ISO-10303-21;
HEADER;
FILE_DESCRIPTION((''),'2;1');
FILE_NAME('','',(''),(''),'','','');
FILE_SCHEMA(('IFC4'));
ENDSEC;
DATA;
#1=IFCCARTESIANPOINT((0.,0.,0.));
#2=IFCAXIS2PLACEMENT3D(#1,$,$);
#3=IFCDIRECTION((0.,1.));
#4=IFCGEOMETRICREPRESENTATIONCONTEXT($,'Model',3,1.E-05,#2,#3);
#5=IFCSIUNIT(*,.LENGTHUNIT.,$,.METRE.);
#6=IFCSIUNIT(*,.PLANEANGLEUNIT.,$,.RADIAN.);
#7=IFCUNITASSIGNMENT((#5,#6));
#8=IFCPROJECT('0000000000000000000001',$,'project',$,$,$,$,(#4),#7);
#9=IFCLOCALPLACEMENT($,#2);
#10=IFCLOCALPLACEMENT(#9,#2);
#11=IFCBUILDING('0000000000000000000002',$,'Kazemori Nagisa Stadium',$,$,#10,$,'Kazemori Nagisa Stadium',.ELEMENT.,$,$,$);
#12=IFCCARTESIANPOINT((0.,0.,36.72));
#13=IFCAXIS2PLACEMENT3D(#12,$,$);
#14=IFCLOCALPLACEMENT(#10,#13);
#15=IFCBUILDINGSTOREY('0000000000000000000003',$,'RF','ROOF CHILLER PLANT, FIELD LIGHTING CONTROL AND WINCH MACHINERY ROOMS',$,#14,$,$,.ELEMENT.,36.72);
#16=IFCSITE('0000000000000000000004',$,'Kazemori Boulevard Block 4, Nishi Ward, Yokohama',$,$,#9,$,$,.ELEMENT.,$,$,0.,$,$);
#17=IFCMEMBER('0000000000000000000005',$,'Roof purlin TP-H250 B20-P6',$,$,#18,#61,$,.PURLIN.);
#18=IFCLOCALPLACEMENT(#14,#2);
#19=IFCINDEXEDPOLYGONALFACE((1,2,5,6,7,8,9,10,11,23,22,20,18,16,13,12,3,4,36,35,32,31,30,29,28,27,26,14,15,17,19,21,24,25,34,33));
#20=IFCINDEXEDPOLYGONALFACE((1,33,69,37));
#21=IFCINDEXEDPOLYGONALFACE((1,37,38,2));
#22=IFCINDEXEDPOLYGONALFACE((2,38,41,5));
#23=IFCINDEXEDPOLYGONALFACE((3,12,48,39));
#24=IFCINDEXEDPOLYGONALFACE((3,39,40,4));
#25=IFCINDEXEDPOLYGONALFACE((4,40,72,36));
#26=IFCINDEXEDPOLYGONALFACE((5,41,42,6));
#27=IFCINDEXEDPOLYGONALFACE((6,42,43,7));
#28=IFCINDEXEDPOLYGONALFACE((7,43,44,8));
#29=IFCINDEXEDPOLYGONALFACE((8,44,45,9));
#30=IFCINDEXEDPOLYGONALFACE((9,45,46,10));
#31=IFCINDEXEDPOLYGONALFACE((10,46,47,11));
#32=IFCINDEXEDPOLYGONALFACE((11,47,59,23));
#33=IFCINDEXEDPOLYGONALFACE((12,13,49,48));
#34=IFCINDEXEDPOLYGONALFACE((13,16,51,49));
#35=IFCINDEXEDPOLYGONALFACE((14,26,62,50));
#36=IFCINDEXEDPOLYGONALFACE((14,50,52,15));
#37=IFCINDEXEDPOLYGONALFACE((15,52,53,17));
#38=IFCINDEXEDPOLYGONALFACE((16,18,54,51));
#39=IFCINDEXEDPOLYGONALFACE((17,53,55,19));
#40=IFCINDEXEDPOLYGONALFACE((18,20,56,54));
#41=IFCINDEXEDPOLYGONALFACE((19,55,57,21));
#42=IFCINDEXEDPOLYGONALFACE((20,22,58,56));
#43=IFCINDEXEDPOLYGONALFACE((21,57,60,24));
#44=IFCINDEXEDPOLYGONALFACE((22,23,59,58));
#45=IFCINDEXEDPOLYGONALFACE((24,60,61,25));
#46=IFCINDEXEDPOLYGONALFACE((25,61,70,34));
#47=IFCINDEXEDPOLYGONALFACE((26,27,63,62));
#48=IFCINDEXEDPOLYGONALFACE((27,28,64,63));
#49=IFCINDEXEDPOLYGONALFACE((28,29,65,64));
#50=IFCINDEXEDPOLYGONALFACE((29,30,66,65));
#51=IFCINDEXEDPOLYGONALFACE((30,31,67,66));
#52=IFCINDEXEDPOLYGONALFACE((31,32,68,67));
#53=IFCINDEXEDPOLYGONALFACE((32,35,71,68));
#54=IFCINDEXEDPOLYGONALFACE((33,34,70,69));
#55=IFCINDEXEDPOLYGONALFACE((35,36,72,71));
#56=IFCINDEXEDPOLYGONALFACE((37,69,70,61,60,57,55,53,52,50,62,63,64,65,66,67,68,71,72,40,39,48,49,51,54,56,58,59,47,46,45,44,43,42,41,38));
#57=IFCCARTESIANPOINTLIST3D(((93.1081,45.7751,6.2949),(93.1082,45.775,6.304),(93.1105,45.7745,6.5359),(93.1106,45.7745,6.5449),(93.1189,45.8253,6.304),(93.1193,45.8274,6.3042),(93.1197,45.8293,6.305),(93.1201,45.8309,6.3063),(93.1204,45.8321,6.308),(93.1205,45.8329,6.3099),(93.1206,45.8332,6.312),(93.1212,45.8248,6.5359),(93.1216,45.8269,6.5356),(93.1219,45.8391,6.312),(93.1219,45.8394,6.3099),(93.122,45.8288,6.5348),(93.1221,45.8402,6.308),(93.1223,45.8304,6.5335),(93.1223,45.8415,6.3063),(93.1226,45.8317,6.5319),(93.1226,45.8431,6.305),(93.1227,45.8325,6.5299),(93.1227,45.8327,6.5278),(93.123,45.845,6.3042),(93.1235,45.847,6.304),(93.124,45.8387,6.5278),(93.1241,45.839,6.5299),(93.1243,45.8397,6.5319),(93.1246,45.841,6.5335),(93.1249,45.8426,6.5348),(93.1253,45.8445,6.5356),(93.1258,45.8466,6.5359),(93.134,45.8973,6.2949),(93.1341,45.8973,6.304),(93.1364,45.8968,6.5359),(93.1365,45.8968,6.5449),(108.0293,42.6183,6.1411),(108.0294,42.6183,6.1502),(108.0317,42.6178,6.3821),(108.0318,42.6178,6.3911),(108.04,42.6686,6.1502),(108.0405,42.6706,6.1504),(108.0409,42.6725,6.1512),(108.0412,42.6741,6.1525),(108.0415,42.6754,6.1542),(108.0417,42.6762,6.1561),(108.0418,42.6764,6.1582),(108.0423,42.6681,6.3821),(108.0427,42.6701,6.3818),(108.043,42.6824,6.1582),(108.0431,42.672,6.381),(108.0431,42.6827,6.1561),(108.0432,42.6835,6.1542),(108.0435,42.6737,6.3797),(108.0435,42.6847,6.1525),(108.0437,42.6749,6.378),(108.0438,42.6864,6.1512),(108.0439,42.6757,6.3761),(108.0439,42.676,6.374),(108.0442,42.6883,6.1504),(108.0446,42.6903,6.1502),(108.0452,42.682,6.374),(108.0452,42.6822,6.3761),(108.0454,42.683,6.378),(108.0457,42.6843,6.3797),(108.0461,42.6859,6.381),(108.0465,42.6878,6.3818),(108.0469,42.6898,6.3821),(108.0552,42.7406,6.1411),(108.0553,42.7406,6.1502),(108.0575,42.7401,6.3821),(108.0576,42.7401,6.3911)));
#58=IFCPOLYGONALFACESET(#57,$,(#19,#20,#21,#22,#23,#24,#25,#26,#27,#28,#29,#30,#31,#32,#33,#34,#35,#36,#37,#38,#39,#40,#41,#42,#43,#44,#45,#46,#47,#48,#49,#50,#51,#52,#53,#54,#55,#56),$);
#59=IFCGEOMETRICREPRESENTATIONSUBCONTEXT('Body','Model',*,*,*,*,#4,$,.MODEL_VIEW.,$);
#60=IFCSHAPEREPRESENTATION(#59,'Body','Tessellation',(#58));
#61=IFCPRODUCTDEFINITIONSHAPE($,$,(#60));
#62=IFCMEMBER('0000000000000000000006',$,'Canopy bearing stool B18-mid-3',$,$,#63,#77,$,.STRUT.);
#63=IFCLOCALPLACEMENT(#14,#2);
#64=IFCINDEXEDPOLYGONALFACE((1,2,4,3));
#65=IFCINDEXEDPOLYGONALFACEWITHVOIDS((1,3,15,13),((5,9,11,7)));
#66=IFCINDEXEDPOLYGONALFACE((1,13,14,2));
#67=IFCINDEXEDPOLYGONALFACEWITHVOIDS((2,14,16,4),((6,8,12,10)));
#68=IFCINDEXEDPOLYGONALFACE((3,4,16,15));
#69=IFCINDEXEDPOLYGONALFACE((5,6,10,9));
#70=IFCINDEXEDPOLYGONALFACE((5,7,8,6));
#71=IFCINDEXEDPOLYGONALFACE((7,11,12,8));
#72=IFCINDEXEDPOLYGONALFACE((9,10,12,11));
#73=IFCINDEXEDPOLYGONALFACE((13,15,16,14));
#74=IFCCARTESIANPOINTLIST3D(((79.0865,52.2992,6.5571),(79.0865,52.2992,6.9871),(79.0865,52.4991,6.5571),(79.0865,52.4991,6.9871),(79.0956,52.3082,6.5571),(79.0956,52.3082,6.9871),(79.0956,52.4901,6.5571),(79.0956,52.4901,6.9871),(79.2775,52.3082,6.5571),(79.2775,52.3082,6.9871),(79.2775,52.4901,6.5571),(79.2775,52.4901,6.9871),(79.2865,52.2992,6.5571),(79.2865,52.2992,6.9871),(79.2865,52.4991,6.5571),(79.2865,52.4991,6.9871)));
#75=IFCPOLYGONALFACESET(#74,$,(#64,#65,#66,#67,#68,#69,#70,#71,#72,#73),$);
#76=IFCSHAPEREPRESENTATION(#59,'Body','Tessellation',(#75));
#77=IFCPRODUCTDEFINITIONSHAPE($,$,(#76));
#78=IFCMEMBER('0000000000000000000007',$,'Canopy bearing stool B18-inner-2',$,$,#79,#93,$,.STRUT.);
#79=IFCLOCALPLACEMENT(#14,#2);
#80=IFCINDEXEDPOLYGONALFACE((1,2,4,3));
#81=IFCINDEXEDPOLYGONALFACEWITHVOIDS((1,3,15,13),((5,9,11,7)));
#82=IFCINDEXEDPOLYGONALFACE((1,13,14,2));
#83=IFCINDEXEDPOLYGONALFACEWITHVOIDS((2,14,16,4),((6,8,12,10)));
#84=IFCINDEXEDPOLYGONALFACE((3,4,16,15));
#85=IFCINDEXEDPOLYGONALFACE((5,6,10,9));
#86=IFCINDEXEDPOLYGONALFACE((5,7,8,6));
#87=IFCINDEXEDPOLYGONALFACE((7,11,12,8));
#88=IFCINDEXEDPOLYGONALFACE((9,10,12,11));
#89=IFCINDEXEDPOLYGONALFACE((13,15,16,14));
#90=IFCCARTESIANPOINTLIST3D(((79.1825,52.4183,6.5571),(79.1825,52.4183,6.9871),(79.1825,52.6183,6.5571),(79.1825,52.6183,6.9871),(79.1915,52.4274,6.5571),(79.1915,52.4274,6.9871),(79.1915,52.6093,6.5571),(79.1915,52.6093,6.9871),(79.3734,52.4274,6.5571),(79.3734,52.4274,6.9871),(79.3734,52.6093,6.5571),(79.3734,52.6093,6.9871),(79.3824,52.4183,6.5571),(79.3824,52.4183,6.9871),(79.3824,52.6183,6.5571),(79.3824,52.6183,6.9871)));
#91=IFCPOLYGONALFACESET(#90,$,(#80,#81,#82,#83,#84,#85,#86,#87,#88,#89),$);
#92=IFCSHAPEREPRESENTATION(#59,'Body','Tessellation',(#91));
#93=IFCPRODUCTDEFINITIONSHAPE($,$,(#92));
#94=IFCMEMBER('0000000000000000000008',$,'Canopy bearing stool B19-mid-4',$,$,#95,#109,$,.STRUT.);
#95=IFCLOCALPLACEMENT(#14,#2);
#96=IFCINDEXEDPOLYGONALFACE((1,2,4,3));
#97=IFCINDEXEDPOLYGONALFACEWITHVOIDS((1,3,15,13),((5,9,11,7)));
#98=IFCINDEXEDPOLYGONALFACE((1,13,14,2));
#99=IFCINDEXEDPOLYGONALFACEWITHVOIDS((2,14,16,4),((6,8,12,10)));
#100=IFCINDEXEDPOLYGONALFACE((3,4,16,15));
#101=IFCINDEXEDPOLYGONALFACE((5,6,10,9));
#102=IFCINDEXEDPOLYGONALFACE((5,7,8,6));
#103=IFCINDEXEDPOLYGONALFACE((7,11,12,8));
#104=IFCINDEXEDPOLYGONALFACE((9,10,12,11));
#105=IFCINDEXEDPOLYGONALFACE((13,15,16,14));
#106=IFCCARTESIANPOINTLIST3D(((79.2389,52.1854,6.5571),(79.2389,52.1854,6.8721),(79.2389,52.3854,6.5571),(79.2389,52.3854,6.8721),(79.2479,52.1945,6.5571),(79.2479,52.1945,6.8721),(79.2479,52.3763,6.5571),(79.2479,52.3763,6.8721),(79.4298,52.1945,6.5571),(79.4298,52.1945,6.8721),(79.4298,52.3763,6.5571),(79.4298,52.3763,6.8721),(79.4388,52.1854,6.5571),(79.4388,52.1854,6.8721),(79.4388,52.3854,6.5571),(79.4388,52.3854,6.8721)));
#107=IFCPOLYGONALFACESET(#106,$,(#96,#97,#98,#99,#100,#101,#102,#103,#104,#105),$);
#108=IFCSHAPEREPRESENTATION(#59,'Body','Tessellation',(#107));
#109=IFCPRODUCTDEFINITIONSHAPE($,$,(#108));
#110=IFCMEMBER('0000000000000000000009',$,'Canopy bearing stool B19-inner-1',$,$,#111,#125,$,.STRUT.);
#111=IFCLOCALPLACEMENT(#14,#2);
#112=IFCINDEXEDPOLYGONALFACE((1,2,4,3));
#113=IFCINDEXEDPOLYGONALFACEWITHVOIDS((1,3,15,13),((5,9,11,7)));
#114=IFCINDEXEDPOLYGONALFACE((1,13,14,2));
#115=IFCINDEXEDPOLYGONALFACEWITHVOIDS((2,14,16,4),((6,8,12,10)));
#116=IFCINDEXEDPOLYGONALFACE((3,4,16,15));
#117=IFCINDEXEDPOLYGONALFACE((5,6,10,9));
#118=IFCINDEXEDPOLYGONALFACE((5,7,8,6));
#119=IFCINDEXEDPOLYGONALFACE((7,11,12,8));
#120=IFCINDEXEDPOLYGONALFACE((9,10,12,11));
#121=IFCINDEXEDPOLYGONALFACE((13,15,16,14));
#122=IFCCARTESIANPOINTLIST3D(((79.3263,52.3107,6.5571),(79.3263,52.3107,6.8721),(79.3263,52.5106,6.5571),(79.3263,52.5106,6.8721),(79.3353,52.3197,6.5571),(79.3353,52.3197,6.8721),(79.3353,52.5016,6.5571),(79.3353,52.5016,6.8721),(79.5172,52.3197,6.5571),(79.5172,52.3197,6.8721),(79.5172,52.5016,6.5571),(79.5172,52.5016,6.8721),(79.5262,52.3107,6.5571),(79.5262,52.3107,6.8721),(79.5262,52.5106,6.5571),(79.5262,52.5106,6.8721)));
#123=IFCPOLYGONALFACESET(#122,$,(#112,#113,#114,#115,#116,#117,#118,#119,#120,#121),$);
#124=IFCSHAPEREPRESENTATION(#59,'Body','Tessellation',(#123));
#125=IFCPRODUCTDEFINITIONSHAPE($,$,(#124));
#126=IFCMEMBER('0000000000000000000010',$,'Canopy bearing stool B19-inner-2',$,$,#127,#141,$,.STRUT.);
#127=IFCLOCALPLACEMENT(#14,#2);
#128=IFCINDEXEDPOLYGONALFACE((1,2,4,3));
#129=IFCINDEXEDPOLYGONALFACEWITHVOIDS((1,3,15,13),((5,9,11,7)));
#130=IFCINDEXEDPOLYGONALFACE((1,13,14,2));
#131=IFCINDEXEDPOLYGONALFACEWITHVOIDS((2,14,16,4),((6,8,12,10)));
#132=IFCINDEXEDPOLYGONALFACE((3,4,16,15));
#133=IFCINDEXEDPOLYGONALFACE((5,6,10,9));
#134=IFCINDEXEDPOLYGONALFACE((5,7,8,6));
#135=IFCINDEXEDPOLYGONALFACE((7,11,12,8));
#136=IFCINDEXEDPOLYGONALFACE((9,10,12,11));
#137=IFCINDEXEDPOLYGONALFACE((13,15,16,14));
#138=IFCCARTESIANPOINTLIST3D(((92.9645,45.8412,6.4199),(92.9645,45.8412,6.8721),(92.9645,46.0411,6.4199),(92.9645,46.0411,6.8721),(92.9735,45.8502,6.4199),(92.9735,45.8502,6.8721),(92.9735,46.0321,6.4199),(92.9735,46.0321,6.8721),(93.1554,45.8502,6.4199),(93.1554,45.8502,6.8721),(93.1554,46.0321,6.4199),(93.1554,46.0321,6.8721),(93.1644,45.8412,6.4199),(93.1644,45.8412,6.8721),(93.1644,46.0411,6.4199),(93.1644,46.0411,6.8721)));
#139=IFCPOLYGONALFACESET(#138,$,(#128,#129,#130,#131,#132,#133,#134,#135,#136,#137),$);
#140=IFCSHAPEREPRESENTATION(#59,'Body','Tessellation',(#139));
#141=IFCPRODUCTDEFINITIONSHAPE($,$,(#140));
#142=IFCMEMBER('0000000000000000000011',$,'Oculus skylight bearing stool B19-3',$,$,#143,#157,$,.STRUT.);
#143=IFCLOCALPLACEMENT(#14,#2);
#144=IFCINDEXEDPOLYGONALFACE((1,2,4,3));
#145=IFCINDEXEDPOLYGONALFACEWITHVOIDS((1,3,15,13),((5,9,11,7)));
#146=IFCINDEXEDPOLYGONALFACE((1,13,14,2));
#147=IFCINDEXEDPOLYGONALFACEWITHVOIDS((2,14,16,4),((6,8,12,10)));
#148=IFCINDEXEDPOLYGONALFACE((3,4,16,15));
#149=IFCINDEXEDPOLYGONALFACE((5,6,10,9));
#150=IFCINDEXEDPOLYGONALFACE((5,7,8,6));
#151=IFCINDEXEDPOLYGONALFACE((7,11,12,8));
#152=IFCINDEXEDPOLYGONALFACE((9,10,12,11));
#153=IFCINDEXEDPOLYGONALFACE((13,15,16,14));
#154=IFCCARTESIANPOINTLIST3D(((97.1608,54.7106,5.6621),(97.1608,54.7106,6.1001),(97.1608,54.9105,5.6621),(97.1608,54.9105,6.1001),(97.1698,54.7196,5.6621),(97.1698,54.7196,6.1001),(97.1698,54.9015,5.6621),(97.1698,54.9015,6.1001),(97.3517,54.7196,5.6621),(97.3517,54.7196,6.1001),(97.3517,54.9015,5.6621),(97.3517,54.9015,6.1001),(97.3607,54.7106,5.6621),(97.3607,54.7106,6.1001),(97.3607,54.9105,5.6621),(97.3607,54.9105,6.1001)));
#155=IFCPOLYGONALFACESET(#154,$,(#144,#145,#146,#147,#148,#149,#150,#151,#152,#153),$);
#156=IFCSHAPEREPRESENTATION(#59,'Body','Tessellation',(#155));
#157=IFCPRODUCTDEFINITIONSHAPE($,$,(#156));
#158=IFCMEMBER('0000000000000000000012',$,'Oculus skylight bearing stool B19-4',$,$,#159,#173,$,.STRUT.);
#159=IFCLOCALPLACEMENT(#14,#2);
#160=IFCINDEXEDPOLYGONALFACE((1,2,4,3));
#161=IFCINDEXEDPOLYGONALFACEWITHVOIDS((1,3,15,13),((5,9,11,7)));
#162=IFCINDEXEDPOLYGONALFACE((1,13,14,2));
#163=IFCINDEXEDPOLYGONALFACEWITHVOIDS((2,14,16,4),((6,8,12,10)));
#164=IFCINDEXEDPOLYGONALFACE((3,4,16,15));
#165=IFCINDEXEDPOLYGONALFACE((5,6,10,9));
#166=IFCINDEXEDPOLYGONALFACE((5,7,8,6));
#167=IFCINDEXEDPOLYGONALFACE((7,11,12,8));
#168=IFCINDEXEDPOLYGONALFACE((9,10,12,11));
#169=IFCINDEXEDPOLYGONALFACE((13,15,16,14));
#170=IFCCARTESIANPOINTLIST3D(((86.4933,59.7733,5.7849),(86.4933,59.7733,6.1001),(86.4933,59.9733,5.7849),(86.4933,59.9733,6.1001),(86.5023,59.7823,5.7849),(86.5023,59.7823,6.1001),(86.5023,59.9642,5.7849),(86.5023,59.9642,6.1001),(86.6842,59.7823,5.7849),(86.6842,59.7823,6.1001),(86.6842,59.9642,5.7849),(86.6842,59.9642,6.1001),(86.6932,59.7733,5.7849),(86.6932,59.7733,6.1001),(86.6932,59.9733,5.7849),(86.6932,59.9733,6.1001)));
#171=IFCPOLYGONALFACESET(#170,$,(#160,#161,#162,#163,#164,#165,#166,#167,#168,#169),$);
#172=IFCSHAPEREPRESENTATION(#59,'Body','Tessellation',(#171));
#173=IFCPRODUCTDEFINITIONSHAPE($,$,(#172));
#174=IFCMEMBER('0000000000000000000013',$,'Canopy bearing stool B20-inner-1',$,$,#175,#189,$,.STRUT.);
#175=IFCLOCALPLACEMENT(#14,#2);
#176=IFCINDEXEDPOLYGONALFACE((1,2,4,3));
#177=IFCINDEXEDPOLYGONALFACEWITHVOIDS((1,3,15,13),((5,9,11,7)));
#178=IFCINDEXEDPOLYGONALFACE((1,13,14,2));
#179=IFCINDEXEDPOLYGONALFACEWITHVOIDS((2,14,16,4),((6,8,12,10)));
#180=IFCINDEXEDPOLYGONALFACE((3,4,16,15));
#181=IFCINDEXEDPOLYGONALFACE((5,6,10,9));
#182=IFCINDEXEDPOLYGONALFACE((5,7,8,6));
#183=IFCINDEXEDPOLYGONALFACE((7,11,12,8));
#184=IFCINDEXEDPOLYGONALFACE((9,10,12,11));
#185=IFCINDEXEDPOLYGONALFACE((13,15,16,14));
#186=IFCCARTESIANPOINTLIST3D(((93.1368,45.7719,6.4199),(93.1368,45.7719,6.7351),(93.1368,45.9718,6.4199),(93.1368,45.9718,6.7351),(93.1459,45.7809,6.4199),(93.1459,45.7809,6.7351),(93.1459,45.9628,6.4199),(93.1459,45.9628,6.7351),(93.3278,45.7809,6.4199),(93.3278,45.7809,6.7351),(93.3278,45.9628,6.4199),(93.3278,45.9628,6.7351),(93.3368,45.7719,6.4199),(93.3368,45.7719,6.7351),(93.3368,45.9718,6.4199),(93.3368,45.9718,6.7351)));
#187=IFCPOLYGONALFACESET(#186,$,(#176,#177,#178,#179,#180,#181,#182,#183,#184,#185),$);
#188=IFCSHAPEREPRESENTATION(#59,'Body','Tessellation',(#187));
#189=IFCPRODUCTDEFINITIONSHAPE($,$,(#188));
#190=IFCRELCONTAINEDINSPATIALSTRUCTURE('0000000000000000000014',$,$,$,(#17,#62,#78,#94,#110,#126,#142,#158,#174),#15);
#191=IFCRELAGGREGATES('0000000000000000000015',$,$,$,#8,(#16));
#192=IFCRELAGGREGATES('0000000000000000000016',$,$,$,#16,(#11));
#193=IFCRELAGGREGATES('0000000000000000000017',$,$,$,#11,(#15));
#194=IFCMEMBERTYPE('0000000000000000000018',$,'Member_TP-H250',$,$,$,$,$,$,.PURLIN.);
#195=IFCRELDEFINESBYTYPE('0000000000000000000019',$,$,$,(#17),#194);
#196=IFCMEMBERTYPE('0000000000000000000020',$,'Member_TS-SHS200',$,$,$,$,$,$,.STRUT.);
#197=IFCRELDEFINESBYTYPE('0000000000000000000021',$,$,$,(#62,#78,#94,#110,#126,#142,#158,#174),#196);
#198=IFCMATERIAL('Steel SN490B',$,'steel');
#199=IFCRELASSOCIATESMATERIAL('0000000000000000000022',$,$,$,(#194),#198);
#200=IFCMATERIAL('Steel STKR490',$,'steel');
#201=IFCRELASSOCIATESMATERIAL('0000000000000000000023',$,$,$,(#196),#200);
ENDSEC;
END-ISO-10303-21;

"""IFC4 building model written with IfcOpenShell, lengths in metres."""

from ifc_helpers import new_model, si_unit, direction, frame, origin, origin_2d, place, context, subcontext, project, spatial, hollow_rectangle, i_section, extrude, material, material_profile, profile_set, type_object, element, save


model = new_model("IFC4")

# Units and contexts
model_context = context("Model", 3, precision=1e-05, world=origin(), true_north=direction((0.0, 1.0)))
body_context = subcontext(model_context, "Body", "Model", "MODEL_VIEW")
ifc_project = project(units=[si_unit("LENGTHUNIT", "METRE"), si_unit("PLANEANGLEUNIT", "RADIAN")], contexts=[model_context])

# Site, building, storey
site_placement = place(None, origin())
site = spatial("IfcSite", under=ifc_project, at=site_placement, Name="Kazemori Boulevard Block 4, Nishi Ward, Yokohama", CompositionType="ELEMENT", RefElevation=0.0)
building_placement = place(site_placement, origin())
building = spatial("IfcBuilding", under=site, at=building_placement, Name="Kazemori Nagisa Stadium", LongName="Kazemori Nagisa Stadium", CompositionType="ELEMENT")
storey_placement = place(building_placement, frame((0.0, 0.0, 36.72)))
storey = spatial("IfcBuildingStorey", under=building, at=storey_placement, Name="RF", Description="ROOF CHILLER PLANT, FIELD LIGHTING CONTROL AND WINCH MACHINERY ROOMS", CompositionType="ELEMENT", Elevation=36.72)

# Members
ifc_material_1 = material(Name="Steel STKR490", Category="steel")
ifc_material_2 = material(Name="Steel SN490B", Category="steel")
ifc_material_profile_1 = material_profile(ifc_material_2, i_section(OverallWidth=0.125, OverallDepth=0.25, WebThickness=0.0061, FlangeThickness=0.009, FilletRadius=0.0081, at=origin_2d()), Name="H-250x125x6x9")
ifc_profile_set_1 = profile_set([ifc_material_profile_1], Name="Steel SN490B")
member_type_1 = type_object("IfcMemberType", Name="Member_TP-H250", PredefinedType="PURLIN", material=ifc_profile_set_1)
member_1_placement = place(storey_placement, frame((93.1223, 45.8359, 6.4199), z_axis=(0.978295, -0.20697, -0.010084), x_axis=(0.20698, 0.978345, 0.0)))
element("IfcMember", 1, at=member_1_placement, inside=storey, type_object=member_type_1, Name="Roof purlin TP-H250 B20-P6", PredefinedType="PURLIN", context=body_context, shape_type="SweptSolid", body=[
    extrude(i_section(OverallWidth=0.125, OverallDepth=0.25, WebThickness=0.0061, FlangeThickness=0.009, FilletRadius=0.0081, at=origin_2d()), origin(), (0.0, 0.0, 1.0), 15.2522),
])
ifc_material_profile_2 = material_profile(ifc_material_1, hollow_rectangle(XDim=0.2, YDim=0.2, WallThickness=0.009, at=origin_2d()), Name="SHS-200x200x9")
ifc_profile_set_2 = profile_set([ifc_material_profile_2], Name="Steel STKR490")
member_type_2 = type_object("IfcMemberType", Name="Member_TS-SHS200", PredefinedType="STRUT", material=ifc_profile_set_2)
for number, where, z_axis, x_axis, name in (
    (2, (79.1865, 52.3992, 6.5571), (0.0, 0.0, 1.0), (1.0, 0.0, 0.0), "Canopy bearing stool B18-mid-3"),
    (3, (79.2825, 52.5183, 6.5571), (0.0, 0.0, 1.0), (1.0, 0.0, 0.0), "Canopy bearing stool B18-inner-2"),
):
    element("IfcMember", number, at=place(storey_placement, frame(where, z_axis=z_axis, x_axis=x_axis)), inside=storey, type_object=member_type_2, Name=name, PredefinedType="STRUT", context=body_context, shape_type="SweptSolid", body=[
        extrude(hollow_rectangle(XDim=0.2, YDim=0.2, WallThickness=0.009, at=origin_2d()), origin(), (0.0, 0.0, 1.0), 0.4299),
    ])
for number, where, z_axis, x_axis, name in (
    (4, (79.3389, 52.2854, 6.5571), (0.0, 0.0, 1.0), (1.0, 0.0, 0.0), "Canopy bearing stool B19-mid-4"),
    (5, (79.4263, 52.4106, 6.5571), (0.0, 0.0, 1.0), (1.0, 0.0, 0.0), "Canopy bearing stool B19-inner-1"),
):
    element("IfcMember", number, at=place(storey_placement, frame(where, z_axis=z_axis, x_axis=x_axis)), inside=storey, type_object=member_type_2, Name=name, PredefinedType="STRUT", context=body_context, shape_type="SweptSolid", body=[
        extrude(hollow_rectangle(XDim=0.2, YDim=0.2, WallThickness=0.009, at=origin_2d()), origin(), (0.0, 0.0, 1.0), 0.3149),
    ])
member_2_placement = place(storey_placement, frame((93.0645, 45.9412, 6.4199), z_axis=(0.0, 0.0, 1.0), x_axis=(1.0, 0.0, 0.0)))
element("IfcMember", 6, at=member_2_placement, inside=storey, type_object=member_type_2, Name="Canopy bearing stool B19-inner-2", PredefinedType="STRUT", context=body_context, shape_type="SweptSolid", body=[
    extrude(hollow_rectangle(XDim=0.2, YDim=0.2, WallThickness=0.009, at=origin_2d()), origin(), (0.0, 0.0, 1.0), 0.4521),
])
member_3_placement = place(storey_placement, frame((97.2607, 54.8105, 5.6621), z_axis=(0.0, 0.0, 1.0), x_axis=(1.0, 0.0, 0.0)))
element("IfcMember", 7, at=member_3_placement, inside=storey, type_object=member_type_2, Name="Oculus skylight bearing stool B19-3", PredefinedType="STRUT", context=body_context, shape_type="SweptSolid", body=[
    extrude(hollow_rectangle(XDim=0.2, YDim=0.2, WallThickness=0.009, at=origin_2d()), origin(), (0.0, 0.0, 1.0), 0.438),
])
for number, where, z_axis, x_axis, name in (
    (8, (86.5933, 59.8733, 5.7849), (0.0, 0.0, 1.0), (1.0, 0.0, 0.0), "Oculus skylight bearing stool B19-4"),
    (9, (93.2368, 45.8718, 6.4199), (0.0, 0.0, 1.0), (1.0, 0.0, 0.0), "Canopy bearing stool B20-inner-1"),
):
    element("IfcMember", number, at=place(storey_placement, frame(where, z_axis=z_axis, x_axis=x_axis)), inside=storey, type_object=member_type_2, Name=name, PredefinedType="STRUT", context=body_context, shape_type="SweptSolid", body=[
        extrude(hollow_rectangle(XDim=0.2, YDim=0.2, WallThickness=0.009, at=origin_2d()), origin(), (0.0, 0.0, 1.0), 0.3152),
    ])

save(model, "model.ifc")
